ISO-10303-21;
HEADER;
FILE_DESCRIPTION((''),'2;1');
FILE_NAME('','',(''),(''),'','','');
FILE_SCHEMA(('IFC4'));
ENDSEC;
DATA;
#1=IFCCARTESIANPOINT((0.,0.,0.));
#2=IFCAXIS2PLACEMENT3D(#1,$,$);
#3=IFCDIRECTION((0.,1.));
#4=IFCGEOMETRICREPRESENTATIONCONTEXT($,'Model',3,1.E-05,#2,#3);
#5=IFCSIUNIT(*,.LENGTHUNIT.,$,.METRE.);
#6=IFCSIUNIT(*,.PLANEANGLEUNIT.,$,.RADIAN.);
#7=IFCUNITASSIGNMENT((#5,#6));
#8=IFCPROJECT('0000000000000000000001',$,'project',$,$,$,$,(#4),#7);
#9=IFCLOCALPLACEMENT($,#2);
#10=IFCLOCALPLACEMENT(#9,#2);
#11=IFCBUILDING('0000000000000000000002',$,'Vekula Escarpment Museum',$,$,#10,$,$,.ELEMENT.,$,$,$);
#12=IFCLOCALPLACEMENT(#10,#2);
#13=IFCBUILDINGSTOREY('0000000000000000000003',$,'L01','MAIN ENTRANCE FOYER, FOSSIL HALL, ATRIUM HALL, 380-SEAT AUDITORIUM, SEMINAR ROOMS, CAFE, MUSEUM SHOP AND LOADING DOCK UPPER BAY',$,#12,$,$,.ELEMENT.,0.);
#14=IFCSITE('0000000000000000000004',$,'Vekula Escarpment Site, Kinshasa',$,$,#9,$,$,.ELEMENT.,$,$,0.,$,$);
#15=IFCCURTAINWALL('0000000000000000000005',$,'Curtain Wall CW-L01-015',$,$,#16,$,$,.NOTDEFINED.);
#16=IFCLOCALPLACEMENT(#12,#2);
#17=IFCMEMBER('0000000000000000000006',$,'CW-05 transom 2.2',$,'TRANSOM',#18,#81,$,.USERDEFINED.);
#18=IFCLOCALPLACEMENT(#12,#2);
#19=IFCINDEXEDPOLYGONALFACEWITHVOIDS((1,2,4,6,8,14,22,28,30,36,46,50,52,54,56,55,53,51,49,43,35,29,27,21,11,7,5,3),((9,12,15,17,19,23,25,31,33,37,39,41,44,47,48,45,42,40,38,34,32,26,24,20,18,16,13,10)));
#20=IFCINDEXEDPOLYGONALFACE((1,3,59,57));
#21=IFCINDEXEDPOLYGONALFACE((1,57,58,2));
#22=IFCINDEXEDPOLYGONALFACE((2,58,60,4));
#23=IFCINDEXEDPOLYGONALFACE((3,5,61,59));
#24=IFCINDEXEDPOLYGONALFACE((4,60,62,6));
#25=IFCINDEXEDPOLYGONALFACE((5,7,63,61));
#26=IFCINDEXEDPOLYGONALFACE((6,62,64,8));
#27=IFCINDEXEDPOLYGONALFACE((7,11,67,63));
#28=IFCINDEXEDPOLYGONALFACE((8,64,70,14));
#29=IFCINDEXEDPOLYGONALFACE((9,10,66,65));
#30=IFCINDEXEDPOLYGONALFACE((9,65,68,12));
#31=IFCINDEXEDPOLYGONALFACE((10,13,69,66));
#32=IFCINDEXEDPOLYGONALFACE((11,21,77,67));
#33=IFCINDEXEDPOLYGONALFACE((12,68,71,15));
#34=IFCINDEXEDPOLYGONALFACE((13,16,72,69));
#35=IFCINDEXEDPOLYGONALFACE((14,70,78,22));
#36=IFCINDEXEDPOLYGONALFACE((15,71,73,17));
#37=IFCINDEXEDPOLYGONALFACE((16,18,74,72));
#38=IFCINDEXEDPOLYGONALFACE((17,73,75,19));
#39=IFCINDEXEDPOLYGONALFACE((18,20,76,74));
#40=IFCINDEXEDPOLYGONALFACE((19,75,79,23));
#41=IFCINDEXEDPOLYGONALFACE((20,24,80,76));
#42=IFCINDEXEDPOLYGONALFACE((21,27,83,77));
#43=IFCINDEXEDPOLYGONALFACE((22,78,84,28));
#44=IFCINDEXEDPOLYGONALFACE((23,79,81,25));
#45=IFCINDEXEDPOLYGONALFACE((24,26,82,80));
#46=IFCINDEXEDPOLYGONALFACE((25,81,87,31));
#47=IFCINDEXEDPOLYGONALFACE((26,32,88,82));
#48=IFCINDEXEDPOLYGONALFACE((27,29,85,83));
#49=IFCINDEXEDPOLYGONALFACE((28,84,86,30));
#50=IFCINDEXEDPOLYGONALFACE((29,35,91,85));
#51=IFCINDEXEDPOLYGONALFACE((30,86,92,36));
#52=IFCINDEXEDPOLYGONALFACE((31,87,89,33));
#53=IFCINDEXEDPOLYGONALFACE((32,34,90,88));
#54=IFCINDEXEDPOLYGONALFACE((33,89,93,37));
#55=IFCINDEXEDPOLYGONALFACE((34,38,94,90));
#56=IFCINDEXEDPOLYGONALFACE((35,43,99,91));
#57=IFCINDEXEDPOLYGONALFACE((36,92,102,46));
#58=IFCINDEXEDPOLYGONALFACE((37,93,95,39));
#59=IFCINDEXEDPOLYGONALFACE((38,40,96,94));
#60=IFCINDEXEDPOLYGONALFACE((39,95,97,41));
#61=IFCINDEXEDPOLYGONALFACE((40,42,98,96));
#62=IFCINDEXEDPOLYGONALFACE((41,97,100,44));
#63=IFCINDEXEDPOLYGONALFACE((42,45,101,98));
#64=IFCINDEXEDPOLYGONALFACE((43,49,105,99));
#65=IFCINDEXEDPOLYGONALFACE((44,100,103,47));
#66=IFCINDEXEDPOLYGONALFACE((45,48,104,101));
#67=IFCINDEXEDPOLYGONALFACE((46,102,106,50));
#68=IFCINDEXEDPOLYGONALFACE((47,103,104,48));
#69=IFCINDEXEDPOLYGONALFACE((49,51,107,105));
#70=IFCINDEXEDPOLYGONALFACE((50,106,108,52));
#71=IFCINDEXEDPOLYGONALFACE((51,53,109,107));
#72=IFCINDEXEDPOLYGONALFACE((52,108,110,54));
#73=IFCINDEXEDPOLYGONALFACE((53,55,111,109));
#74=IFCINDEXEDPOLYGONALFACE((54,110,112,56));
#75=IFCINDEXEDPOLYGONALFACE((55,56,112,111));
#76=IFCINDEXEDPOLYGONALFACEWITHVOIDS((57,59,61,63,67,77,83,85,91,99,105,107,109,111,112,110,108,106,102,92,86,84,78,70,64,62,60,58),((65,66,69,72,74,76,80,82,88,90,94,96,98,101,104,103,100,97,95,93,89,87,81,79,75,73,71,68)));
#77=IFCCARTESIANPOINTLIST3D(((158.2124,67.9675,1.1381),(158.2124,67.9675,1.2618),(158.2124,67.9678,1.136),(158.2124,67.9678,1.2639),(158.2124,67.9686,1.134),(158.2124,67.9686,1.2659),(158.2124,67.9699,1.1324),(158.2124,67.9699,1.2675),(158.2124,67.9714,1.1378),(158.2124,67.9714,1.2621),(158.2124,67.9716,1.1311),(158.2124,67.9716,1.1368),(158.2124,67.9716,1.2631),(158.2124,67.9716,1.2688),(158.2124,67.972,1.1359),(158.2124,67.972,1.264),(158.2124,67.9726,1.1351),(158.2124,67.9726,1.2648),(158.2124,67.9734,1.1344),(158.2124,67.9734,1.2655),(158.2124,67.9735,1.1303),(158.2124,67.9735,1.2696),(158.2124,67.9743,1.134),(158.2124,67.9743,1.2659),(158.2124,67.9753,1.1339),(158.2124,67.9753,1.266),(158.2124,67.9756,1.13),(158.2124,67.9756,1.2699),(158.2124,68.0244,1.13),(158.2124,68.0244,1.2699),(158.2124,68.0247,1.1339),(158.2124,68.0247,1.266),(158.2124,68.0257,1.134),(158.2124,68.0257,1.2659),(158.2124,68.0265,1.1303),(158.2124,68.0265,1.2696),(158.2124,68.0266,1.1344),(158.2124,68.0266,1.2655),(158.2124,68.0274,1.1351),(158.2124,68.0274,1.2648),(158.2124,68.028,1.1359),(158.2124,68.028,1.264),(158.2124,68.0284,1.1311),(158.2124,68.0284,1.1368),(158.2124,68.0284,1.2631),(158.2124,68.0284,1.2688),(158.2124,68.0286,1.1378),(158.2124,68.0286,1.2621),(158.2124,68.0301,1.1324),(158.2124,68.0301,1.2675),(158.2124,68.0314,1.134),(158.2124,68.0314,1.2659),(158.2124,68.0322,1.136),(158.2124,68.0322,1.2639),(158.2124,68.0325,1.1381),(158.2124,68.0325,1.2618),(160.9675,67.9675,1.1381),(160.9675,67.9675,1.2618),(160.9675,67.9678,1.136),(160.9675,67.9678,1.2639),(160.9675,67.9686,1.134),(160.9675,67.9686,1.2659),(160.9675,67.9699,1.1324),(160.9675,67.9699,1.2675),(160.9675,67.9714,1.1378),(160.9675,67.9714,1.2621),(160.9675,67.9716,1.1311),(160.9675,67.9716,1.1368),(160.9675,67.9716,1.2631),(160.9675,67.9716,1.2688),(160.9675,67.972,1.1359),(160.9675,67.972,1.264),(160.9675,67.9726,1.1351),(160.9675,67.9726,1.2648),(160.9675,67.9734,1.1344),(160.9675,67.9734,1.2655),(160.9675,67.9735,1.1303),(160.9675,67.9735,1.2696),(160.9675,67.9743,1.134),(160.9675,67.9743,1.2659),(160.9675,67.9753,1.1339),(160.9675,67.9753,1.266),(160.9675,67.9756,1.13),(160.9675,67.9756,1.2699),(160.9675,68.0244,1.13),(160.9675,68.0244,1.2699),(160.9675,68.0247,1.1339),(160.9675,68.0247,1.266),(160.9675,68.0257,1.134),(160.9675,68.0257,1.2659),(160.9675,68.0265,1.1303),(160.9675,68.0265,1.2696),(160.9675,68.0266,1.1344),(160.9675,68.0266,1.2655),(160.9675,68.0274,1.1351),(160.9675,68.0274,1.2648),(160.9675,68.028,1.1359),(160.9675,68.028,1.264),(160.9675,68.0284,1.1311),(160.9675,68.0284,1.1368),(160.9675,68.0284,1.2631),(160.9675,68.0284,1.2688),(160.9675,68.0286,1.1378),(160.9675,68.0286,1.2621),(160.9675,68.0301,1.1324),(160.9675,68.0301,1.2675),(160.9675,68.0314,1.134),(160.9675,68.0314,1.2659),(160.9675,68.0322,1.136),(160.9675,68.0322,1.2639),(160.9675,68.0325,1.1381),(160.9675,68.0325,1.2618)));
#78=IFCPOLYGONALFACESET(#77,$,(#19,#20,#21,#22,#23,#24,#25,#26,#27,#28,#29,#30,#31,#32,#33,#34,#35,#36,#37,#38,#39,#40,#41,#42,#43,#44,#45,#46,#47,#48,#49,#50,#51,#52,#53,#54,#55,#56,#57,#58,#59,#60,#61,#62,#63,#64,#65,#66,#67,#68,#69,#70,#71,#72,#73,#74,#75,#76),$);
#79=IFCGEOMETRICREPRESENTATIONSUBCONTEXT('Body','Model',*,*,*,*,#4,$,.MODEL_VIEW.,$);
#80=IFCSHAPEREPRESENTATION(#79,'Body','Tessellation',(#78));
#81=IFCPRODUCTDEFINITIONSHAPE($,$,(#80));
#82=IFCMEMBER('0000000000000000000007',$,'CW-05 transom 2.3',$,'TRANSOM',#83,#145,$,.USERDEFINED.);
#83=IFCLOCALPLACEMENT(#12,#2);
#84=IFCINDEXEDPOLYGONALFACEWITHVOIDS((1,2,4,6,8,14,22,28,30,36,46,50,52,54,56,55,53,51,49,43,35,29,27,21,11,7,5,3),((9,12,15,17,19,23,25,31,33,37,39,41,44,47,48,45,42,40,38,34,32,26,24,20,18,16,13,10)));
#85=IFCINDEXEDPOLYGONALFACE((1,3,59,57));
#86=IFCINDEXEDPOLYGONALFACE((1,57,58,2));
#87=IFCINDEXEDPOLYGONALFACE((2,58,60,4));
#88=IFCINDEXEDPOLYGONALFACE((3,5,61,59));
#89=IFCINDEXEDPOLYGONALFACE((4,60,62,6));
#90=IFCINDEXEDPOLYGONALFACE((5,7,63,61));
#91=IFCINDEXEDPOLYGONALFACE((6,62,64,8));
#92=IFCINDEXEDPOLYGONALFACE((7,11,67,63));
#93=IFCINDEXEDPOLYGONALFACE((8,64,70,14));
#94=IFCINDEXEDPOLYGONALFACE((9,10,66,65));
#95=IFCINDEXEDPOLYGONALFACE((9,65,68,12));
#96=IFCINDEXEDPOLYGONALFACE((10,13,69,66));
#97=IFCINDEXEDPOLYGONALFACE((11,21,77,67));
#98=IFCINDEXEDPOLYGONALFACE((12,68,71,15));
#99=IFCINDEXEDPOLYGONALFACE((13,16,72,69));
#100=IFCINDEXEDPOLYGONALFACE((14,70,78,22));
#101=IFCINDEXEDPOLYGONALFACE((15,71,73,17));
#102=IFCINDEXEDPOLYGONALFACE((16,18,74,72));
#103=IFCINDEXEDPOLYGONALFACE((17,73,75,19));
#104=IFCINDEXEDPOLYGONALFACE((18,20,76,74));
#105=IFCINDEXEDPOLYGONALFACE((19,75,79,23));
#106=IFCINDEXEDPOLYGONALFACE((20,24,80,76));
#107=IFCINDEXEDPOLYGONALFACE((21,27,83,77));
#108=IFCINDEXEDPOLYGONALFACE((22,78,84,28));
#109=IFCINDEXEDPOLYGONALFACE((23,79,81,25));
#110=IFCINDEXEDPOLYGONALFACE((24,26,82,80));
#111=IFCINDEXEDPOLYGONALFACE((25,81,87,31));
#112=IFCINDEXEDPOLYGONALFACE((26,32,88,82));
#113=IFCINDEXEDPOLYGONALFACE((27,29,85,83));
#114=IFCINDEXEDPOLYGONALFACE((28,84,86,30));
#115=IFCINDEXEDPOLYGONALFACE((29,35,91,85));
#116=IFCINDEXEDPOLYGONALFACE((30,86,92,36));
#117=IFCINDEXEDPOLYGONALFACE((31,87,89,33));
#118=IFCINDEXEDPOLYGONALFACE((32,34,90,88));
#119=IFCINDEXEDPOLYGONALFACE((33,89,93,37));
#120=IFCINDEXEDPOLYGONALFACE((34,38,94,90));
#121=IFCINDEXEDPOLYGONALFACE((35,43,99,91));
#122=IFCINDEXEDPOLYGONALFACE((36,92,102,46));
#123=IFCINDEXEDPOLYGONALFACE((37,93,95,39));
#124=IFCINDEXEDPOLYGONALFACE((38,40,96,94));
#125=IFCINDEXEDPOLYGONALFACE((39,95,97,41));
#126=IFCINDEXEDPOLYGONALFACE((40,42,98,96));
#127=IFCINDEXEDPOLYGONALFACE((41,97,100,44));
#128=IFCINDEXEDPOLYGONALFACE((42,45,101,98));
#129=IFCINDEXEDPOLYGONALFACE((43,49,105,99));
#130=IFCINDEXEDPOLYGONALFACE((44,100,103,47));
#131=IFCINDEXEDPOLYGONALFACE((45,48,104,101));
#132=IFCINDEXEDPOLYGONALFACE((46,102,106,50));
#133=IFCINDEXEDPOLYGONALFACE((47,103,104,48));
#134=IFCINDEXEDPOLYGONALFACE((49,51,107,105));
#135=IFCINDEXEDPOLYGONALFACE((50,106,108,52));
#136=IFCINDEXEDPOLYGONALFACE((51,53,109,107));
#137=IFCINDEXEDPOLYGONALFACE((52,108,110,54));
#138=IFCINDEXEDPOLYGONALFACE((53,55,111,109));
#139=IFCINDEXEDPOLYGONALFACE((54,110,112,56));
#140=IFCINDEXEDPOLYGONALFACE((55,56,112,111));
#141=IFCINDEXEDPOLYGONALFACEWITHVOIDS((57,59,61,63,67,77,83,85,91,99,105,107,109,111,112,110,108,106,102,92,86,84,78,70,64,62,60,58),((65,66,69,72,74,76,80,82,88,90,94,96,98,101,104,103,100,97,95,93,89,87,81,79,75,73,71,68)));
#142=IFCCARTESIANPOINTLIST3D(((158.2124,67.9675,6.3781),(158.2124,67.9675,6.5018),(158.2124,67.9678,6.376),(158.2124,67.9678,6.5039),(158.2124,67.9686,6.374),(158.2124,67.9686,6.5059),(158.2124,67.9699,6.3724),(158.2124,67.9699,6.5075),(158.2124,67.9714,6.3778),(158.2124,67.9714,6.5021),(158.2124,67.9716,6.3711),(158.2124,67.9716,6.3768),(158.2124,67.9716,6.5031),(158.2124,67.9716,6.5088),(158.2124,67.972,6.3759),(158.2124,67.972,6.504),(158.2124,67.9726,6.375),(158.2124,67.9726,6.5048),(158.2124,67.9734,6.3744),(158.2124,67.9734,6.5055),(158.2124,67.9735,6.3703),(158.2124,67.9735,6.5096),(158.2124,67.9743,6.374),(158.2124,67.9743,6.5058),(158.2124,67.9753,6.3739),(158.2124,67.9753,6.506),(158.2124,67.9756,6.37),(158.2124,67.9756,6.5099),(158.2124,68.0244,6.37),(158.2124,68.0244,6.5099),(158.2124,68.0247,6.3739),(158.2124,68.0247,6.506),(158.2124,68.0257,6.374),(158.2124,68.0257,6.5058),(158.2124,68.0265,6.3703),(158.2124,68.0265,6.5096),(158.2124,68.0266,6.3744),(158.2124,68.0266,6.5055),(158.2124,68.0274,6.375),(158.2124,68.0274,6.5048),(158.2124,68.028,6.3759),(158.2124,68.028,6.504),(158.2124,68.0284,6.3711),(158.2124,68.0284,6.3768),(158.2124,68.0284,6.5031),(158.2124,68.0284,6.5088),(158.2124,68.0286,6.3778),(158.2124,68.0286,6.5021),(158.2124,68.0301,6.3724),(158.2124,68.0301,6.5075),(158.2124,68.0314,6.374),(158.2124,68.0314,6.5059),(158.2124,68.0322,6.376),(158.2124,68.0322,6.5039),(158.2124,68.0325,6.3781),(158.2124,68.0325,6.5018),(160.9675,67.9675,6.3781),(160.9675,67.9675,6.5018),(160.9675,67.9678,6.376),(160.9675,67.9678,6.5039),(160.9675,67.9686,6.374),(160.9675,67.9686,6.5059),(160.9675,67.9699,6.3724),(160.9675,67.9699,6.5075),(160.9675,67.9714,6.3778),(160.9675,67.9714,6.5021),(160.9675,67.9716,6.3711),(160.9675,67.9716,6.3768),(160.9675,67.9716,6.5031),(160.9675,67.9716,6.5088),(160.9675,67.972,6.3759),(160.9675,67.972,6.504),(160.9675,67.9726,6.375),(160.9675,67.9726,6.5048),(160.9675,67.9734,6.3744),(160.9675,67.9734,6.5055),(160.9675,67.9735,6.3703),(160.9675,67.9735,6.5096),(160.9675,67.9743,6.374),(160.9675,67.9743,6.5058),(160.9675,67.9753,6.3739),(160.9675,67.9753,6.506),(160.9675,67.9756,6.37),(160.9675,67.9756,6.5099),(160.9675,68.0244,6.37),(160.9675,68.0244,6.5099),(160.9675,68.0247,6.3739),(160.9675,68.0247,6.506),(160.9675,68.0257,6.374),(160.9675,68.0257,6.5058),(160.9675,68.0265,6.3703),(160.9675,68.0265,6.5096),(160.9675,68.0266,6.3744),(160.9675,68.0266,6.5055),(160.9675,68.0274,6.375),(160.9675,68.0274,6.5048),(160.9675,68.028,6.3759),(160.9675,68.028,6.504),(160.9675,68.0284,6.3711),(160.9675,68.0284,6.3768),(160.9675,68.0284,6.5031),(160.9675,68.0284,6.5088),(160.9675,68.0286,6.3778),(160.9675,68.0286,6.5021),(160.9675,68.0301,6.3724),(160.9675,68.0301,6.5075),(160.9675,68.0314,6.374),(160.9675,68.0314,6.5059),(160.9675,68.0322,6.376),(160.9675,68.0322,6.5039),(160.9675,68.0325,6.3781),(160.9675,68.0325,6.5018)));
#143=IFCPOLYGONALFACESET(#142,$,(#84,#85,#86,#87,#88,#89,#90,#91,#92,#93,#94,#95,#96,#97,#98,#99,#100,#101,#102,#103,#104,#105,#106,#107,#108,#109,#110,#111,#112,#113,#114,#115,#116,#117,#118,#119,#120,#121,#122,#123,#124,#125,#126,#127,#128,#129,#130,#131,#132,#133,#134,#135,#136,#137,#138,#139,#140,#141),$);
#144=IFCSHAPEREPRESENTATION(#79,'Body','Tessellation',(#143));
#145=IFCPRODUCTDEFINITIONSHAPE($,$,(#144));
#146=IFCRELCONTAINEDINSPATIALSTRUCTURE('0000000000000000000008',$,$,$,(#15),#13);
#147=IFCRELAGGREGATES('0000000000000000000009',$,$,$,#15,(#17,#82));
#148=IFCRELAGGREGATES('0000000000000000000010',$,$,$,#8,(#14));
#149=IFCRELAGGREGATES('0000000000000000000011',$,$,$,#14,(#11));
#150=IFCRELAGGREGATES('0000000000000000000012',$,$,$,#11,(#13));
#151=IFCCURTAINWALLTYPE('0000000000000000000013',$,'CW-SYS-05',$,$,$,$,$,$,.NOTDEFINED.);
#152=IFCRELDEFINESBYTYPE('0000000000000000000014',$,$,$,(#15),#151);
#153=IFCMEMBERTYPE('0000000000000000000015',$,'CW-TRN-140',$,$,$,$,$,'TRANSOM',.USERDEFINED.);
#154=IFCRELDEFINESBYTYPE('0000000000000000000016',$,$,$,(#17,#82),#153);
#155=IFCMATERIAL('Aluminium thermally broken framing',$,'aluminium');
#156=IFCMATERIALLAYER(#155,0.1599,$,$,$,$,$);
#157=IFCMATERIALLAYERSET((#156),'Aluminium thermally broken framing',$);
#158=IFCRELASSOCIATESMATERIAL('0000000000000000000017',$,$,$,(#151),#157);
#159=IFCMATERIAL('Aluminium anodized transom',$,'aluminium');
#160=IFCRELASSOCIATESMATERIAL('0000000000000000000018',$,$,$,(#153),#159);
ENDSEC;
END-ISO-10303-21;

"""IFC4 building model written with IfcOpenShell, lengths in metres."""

from ifc_helpers import new_model, si_unit, direction, frame, origin, origin_2d, place, context, subcontext, project, spatial, hollow_rectangle, extrude, material, layer, layer_set, material_profile, profile_set, type_object, element, aggregate, save


model = new_model("IFC4")

# Units and contexts
model_context = context("Model", 3, precision=1e-05, world=origin(), true_north=direction((0.0, 1.0)))
body_context = subcontext(model_context, "Body", "Model", "MODEL_VIEW")
ifc_project = project(units=[si_unit("LENGTHUNIT", "METRE"), si_unit("PLANEANGLEUNIT", "RADIAN")], contexts=[model_context])

# Site, building, storey
site_placement = place(None, origin())
site = spatial("IfcSite", under=ifc_project, at=site_placement, Name="Vekula Escarpment Site, Kinshasa", CompositionType="ELEMENT", RefElevation=0.0)
building_placement = place(site_placement, origin())
building = spatial("IfcBuilding", under=site, at=building_placement, Name="Vekula Escarpment Museum", CompositionType="ELEMENT")
storey_placement = place(building_placement, origin())
storey = spatial("IfcBuildingStorey", under=building, at=storey_placement, Name="L01", Description="MAIN ENTRANCE FOYER, FOSSIL HALL, ATRIUM HALL, 380-SEAT AUDITORIUM, SEMINAR ROOMS, CAFE, MUSEUM SHOP AND LOADING DOCK UPPER BAY", CompositionType="ELEMENT", Elevation=0.0)

# Curtain wall, members
ifc_material_1 = material(Name="Aluminium thermally broken framing", Category="aluminium")
ifc_layer_1 = layer(ifc_material_1, 0.1599)
ifc_layer_set_1 = layer_set([ifc_layer_1], Name="Aluminium thermally broken framing")
curtain_wall_type_1 = type_object("IfcCurtainWallType", Name="CW-SYS-05", PredefinedType="NOTDEFINED", material=ifc_layer_set_1)
curtain_wall_1_placement = place(storey_placement, origin())
curtain_wall_1 = element("IfcCurtainWall", 1, at=curtain_wall_1_placement, inside=storey, type_object=curtain_wall_type_1, Name="Curtain Wall CW-L01-015", PredefinedType="NOTDEFINED")
ifc_material_2 = material(Name="Aluminium anodized transom", Category="aluminium")
ifc_material_profile_1 = material_profile(ifc_material_2, hollow_rectangle(XDim=0.0649, YDim=0.1399, WallThickness=0.0039, InnerFilletRadius=0.0039, OuterFilletRadius=0.0081, at=origin_2d()), Name="ALU 140x65x4")
ifc_profile_set_1 = profile_set([ifc_material_profile_1], Name="Aluminium anodized transom")
member_type_1 = type_object("IfcMemberType", Name="CW-TRN-140", ElementType="TRANSOM", PredefinedType="USERDEFINED", material=ifc_profile_set_1)
member_1_placement = place(storey_placement, frame((158.2124, 68.0, 1.2), z_axis=(1.0, 0.0, 0.0), x_axis=(0.0, 1.0, 0.0)))
member_1 = element("IfcMember", 2, at=member_1_placement, type_object=member_type_1, Name="CW-05 transom 2.2", ObjectType="TRANSOM", PredefinedType="USERDEFINED", context=body_context, shape_type="SweptSolid", body=[
    extrude(hollow_rectangle(XDim=0.0649, YDim=0.1399, WallThickness=0.0039, InnerFilletRadius=0.0039, OuterFilletRadius=0.0081, at=origin_2d()), origin(), (0.0, 0.0, 1.0), 2.7551),
])
member_2_placement = place(storey_placement, frame((158.2124, 68.0, 6.4399), z_axis=(1.0, 0.0, 0.0), x_axis=(0.0, 1.0, 0.0)))
member_2 = element("IfcMember", 3, at=member_2_placement, type_object=member_type_1, Name="CW-05 transom 2.3", ObjectType="TRANSOM", PredefinedType="USERDEFINED", context=body_context, shape_type="SweptSolid", body=[
    extrude(hollow_rectangle(XDim=0.0649, YDim=0.1399, WallThickness=0.0039, InnerFilletRadius=0.0039, OuterFilletRadius=0.0081, at=origin_2d()), origin(), (0.0, 0.0, 1.0), 2.7551),
])

aggregate(curtain_wall_1, [member_1, member_2])

save(model, "model.ifc")
